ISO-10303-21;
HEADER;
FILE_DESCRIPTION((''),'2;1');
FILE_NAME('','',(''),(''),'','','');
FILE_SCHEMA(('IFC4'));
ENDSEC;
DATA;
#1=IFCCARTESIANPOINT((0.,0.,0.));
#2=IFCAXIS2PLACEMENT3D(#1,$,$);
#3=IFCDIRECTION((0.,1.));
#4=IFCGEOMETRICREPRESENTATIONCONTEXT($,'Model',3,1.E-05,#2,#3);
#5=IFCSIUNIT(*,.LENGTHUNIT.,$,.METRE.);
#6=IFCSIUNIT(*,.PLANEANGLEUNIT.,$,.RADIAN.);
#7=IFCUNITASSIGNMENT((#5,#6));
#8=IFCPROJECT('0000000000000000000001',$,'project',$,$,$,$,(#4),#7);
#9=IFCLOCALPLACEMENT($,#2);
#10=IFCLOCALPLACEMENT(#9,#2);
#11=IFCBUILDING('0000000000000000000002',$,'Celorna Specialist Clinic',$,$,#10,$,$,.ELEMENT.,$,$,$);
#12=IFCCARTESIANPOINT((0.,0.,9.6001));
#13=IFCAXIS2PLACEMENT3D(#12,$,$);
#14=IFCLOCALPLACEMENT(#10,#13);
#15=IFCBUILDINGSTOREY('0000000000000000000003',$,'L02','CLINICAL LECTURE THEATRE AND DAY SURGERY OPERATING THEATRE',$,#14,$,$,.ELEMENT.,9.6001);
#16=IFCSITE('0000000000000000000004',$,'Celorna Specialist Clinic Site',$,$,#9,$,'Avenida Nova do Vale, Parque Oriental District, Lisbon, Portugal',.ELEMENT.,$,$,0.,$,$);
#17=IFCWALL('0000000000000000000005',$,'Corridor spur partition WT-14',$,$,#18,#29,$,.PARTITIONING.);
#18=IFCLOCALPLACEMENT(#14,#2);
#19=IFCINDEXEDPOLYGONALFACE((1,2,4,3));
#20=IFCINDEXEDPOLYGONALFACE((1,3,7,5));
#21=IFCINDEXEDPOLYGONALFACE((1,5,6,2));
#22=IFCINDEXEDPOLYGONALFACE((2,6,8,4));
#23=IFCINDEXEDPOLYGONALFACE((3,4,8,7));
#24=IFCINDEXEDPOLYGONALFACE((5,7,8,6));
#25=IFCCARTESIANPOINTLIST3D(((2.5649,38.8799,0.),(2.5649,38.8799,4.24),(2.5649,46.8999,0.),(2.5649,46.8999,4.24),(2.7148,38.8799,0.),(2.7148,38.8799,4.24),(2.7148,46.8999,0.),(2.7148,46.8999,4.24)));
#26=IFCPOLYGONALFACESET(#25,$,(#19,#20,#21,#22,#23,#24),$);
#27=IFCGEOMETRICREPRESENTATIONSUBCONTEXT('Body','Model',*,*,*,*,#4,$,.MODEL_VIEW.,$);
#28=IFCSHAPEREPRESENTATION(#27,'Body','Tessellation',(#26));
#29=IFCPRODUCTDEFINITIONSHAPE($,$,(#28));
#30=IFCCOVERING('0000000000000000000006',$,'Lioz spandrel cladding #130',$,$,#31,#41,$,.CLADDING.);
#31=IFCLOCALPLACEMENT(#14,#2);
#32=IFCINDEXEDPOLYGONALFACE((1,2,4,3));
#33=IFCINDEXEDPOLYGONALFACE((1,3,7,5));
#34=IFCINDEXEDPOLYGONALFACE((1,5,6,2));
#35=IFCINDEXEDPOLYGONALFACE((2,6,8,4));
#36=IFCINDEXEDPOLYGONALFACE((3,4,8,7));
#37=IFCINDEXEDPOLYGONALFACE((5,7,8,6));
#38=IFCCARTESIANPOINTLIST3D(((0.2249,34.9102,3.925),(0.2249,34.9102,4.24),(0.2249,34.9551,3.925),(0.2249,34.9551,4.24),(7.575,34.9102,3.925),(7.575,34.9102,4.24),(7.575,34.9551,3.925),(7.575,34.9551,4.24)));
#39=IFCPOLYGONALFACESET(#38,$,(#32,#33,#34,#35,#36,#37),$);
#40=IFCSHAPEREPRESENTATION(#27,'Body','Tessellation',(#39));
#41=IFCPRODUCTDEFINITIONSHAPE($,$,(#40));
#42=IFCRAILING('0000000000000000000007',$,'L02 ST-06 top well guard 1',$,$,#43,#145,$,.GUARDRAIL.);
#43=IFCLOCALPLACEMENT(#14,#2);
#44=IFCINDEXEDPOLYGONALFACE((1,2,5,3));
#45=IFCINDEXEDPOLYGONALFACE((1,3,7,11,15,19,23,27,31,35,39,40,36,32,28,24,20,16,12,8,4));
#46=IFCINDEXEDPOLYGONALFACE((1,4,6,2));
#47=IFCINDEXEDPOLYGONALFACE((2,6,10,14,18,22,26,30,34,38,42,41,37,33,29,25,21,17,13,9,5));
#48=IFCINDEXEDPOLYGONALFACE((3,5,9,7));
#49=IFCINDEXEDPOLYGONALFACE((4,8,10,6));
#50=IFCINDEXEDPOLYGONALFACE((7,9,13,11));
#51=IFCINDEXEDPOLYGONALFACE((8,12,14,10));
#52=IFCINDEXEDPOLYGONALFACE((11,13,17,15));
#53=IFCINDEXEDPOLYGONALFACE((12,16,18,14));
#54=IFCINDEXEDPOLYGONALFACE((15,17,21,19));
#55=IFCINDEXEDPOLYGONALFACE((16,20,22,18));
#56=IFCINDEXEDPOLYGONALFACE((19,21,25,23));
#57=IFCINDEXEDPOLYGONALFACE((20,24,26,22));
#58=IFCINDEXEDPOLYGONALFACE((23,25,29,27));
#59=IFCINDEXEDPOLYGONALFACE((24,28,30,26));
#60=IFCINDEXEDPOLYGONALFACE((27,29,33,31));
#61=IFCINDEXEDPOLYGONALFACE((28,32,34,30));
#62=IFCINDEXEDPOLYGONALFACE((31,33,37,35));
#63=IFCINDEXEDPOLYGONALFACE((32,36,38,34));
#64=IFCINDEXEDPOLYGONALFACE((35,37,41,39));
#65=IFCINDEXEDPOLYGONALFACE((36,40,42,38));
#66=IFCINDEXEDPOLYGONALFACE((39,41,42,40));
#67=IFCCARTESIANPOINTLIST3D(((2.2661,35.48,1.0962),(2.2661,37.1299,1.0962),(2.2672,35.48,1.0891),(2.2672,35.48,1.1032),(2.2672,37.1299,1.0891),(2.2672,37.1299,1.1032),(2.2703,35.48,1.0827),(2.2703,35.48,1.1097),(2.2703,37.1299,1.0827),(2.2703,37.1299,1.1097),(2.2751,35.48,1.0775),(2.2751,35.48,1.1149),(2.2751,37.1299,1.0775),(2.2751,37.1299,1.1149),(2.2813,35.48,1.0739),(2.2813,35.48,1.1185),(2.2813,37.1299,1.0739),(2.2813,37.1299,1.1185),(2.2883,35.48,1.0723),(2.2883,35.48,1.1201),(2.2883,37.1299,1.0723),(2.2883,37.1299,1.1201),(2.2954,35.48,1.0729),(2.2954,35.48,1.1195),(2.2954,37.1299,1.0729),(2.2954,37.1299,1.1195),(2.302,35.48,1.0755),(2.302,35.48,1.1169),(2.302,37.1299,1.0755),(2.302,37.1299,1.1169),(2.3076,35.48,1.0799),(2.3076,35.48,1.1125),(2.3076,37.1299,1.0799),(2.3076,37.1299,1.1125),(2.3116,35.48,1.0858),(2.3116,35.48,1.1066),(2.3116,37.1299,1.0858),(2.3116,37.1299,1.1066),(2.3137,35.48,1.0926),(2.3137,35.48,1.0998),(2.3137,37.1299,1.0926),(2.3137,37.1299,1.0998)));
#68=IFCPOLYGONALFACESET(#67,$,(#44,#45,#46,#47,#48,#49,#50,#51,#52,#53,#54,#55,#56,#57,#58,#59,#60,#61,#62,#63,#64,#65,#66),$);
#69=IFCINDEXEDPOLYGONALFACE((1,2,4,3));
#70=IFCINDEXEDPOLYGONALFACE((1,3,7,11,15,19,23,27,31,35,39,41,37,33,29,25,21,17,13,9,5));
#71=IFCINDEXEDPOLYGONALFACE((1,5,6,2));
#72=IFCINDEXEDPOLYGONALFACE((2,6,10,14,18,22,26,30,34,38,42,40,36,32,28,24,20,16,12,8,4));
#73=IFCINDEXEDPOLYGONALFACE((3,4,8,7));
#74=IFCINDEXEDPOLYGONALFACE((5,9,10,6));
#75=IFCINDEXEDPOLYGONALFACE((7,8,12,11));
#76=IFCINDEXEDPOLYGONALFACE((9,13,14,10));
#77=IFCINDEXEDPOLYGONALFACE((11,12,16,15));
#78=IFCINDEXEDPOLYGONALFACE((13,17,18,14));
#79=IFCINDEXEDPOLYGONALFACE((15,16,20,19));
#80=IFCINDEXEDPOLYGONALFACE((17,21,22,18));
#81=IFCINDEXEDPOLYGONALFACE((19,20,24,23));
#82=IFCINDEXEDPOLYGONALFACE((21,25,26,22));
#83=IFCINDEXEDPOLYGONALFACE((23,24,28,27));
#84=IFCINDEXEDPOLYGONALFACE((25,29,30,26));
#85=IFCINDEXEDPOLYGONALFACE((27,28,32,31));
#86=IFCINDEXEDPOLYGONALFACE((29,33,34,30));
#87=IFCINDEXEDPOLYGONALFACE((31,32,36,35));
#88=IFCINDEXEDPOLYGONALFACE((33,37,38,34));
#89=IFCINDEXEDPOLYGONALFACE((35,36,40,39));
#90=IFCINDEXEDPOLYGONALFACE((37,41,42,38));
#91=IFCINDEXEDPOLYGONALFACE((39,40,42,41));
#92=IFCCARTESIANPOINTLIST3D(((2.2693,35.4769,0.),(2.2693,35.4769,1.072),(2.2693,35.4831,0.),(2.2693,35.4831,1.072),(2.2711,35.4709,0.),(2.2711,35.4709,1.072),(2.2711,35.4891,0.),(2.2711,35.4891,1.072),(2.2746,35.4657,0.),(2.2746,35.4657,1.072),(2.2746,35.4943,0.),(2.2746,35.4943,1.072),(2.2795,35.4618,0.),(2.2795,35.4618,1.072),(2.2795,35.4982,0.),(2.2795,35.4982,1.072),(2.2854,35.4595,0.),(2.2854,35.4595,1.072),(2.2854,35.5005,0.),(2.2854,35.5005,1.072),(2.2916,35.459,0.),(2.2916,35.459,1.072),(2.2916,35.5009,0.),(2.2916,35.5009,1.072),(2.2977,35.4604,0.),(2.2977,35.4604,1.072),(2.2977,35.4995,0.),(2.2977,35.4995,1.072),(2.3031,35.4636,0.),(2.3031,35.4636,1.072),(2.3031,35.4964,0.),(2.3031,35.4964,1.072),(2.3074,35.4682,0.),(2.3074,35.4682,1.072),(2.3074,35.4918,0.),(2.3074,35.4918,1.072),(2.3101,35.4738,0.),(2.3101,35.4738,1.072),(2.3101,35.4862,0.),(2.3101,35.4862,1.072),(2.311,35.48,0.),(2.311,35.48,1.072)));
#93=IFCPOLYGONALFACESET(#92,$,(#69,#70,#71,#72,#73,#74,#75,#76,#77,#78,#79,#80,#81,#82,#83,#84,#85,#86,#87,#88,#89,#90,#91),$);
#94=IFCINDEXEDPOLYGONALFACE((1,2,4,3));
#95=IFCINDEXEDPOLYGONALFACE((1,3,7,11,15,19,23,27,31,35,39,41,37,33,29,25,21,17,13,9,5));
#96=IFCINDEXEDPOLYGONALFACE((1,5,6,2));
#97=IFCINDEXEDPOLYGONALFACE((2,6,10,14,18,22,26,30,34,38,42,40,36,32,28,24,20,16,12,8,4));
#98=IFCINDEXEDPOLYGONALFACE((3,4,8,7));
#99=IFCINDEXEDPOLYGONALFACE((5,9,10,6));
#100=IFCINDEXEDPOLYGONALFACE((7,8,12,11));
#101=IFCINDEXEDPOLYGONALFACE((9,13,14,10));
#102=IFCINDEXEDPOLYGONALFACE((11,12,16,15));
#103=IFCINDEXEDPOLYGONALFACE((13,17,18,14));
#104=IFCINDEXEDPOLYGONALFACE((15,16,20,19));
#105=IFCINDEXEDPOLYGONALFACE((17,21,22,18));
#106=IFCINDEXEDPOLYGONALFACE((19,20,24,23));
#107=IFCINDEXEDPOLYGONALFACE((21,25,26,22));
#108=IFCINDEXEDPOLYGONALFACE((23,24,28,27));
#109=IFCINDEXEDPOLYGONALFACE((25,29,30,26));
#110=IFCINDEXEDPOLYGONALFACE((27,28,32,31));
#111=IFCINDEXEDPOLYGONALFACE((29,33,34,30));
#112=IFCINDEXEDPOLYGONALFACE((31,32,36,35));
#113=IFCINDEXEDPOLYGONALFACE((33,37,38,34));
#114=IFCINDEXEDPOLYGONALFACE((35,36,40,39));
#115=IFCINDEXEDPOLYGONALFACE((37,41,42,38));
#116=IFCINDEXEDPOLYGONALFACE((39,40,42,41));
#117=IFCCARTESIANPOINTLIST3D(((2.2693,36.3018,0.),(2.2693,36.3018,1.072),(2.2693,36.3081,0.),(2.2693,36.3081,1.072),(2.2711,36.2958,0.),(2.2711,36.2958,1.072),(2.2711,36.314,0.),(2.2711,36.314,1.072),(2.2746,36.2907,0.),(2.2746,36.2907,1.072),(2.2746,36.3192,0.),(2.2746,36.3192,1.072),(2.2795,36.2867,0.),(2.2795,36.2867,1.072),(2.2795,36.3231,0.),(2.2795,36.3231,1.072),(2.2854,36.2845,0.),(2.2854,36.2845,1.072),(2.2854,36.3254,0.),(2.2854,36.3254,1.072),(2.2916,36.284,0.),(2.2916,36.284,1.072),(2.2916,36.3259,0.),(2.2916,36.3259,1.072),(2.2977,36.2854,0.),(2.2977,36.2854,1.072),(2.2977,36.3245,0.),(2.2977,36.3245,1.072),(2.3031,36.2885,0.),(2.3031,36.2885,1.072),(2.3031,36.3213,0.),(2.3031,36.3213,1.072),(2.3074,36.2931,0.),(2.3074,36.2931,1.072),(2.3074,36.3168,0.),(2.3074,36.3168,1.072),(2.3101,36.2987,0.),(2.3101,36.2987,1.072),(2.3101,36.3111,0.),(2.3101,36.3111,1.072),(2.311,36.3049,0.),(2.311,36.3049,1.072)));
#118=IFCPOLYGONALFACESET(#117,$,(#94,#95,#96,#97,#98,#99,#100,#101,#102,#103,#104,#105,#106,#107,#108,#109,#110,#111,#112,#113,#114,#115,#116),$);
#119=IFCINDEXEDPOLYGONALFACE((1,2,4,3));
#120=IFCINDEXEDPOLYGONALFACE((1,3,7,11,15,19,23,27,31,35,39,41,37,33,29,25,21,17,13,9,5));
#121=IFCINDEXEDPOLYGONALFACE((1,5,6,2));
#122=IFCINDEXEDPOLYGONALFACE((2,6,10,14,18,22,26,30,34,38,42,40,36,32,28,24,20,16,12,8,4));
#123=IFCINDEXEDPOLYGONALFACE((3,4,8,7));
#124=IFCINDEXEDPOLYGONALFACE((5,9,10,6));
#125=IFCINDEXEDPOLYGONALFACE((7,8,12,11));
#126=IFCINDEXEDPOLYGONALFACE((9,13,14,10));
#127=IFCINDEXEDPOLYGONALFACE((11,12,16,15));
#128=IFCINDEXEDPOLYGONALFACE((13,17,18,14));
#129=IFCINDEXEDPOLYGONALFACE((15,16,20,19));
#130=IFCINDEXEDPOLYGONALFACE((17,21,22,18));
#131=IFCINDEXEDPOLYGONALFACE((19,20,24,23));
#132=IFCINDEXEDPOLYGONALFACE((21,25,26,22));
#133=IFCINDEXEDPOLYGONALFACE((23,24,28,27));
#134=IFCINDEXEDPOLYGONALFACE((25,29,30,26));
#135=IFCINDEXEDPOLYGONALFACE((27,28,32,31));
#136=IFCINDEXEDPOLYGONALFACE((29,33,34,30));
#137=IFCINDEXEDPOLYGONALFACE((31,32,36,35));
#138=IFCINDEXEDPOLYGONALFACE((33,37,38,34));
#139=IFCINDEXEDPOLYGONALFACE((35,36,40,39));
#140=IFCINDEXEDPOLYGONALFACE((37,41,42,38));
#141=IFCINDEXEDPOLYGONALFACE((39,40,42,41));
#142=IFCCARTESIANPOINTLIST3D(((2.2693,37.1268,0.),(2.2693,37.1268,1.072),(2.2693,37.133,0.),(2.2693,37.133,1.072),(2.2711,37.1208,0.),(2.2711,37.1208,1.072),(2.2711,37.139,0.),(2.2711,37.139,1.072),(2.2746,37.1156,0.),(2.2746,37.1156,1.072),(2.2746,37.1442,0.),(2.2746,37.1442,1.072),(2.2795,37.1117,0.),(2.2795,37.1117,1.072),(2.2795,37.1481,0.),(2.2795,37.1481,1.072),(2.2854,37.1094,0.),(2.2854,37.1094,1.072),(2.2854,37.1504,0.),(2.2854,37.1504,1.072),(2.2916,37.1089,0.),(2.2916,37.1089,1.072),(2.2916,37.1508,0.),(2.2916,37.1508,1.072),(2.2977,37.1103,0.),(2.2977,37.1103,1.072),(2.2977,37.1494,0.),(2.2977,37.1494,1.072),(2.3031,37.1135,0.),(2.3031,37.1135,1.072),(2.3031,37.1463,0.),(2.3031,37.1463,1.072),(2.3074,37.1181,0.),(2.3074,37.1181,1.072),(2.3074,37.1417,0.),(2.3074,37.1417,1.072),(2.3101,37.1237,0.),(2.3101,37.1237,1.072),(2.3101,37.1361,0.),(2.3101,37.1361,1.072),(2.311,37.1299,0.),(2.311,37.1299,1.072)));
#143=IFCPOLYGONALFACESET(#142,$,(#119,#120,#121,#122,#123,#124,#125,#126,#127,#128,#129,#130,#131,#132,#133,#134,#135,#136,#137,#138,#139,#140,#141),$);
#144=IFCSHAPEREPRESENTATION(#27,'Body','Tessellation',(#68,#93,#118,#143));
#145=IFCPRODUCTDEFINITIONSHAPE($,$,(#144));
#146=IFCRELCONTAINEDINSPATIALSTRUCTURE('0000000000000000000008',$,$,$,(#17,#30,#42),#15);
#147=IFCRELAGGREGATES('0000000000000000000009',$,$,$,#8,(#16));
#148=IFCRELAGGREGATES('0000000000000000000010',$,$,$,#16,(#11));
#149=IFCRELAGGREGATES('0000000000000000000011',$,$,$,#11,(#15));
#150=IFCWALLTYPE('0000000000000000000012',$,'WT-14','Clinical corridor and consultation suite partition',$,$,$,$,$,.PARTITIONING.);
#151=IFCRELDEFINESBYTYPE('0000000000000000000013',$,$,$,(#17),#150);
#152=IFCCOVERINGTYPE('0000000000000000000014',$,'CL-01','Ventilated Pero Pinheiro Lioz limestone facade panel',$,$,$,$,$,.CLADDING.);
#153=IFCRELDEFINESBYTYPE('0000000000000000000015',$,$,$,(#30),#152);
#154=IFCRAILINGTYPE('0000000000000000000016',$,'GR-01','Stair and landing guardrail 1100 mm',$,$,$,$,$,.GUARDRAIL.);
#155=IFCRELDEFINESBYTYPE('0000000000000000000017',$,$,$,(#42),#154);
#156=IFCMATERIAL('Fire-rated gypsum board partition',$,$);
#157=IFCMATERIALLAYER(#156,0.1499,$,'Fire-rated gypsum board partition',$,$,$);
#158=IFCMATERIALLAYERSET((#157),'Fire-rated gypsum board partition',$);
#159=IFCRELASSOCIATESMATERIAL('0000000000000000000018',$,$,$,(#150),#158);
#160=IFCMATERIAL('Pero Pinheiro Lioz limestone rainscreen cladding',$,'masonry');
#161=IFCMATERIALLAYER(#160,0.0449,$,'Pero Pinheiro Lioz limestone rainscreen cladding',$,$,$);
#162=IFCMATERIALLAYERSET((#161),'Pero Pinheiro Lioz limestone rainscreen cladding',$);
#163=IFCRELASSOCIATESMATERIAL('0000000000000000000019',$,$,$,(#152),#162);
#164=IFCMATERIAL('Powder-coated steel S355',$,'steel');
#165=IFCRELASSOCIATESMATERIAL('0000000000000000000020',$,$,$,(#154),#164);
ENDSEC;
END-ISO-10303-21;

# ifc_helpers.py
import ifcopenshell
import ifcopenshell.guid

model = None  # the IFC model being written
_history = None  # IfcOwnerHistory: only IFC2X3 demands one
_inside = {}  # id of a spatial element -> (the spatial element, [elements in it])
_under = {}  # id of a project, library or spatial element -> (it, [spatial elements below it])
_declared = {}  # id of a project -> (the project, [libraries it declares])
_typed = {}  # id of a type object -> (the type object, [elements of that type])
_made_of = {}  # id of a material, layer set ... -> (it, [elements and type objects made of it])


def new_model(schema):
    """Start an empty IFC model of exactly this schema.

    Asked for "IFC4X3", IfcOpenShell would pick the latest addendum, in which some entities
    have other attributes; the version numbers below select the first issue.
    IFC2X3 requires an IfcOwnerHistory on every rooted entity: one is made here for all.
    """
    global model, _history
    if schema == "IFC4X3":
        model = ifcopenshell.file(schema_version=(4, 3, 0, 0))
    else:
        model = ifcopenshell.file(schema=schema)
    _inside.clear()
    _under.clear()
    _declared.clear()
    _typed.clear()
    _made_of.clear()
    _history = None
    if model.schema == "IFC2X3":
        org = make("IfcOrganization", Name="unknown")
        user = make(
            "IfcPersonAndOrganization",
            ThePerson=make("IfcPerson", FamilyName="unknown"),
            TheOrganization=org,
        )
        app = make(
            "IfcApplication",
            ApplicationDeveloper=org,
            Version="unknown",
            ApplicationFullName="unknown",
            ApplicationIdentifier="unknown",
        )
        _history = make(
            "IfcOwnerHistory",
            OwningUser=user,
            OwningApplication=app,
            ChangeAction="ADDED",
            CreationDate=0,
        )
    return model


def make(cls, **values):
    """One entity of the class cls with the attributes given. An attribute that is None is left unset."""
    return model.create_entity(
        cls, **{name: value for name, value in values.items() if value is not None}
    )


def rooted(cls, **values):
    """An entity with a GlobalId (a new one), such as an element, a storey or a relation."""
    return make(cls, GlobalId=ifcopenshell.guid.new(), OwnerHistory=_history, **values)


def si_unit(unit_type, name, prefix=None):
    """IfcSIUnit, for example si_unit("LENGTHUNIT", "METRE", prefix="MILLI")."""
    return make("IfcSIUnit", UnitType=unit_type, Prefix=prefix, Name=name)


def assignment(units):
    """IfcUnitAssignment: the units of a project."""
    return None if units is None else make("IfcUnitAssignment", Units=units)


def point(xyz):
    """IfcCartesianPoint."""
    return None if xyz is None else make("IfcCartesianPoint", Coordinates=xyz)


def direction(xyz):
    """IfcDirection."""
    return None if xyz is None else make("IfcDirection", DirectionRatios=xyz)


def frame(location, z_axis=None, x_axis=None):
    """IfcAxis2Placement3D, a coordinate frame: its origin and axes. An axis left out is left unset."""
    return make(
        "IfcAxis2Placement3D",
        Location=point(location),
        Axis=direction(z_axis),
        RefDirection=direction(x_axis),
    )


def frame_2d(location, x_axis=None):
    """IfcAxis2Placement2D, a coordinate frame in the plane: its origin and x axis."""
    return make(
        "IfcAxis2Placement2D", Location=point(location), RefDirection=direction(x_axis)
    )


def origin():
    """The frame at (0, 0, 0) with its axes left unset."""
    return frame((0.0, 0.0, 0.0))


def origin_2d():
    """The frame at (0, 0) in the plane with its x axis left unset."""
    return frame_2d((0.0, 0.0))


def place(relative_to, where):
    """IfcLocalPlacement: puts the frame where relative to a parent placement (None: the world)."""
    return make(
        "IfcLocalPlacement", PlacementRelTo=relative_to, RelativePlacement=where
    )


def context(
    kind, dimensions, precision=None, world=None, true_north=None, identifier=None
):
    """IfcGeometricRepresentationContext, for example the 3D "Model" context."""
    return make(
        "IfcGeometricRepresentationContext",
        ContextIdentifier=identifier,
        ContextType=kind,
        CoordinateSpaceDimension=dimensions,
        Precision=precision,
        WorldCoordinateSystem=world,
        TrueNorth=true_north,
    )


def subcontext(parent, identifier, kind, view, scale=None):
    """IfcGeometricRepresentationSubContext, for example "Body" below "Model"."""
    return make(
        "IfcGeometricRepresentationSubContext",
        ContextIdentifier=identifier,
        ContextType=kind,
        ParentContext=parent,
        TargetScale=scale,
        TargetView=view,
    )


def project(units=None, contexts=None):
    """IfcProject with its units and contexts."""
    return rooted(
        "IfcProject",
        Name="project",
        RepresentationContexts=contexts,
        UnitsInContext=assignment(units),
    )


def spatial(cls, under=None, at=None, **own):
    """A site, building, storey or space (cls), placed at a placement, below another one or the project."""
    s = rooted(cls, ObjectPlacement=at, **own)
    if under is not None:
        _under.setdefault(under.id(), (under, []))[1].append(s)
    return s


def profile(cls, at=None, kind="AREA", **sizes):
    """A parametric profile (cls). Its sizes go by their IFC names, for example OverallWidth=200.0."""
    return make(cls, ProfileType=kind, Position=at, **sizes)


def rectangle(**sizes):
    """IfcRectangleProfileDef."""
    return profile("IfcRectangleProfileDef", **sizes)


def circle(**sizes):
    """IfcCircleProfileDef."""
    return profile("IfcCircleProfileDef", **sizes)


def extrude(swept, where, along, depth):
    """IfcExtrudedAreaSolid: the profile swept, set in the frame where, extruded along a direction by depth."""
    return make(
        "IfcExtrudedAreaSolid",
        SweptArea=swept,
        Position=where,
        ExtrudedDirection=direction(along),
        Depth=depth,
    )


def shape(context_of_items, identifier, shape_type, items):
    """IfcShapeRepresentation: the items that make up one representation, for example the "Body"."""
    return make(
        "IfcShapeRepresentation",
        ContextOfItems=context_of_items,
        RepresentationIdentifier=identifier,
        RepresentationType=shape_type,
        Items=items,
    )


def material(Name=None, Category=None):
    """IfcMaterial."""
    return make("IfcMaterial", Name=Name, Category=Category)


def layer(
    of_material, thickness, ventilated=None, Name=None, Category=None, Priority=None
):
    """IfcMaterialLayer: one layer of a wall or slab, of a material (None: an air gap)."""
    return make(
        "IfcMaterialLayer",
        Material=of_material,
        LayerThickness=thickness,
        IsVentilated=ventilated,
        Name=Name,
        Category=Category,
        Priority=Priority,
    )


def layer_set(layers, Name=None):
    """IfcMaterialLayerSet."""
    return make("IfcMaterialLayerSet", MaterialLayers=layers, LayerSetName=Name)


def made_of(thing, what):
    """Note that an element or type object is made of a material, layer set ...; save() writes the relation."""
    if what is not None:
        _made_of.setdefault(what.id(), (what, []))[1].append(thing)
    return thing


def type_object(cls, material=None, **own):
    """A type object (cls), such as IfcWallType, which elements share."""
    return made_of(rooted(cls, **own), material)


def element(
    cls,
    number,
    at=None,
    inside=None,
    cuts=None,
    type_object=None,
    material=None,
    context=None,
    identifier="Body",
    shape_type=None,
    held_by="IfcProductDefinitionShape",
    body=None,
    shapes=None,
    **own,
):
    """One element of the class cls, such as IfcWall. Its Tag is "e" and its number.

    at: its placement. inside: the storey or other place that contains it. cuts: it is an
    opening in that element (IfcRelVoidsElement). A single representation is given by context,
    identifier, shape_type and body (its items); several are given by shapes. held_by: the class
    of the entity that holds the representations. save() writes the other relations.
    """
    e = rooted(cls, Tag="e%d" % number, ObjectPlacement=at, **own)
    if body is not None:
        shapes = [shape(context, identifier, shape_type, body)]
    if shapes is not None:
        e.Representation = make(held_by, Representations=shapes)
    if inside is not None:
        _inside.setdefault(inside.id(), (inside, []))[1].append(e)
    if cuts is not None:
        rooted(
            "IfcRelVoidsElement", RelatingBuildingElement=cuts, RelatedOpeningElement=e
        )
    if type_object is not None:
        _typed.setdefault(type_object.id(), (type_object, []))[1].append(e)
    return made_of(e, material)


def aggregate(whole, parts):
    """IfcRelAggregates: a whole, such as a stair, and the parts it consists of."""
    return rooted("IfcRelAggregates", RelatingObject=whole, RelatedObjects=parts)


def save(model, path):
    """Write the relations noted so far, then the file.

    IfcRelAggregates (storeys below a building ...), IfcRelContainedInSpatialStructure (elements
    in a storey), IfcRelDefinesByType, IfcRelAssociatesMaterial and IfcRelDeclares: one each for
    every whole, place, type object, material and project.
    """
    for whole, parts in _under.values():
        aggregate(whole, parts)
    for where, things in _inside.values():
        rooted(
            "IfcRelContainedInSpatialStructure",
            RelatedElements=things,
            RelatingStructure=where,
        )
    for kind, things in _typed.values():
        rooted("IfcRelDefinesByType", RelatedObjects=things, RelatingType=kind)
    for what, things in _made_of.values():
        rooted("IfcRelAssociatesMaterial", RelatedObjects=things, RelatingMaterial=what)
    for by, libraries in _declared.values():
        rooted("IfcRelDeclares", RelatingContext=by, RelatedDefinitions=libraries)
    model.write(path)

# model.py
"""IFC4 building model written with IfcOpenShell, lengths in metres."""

from ifc_helpers import new_model, si_unit, direction, frame, frame_2d, origin, origin_2d, place, context, subcontext, project, spatial, rectangle, circle, extrude, material, layer, layer_set, type_object, element, save


model = new_model("IFC4")

# Units and contexts
model_context = context("Model", 3, precision=1e-05, world=origin(), true_north=direction((0.0, 1.0)))
body_context = subcontext(model_context, "Body", "Model", "MODEL_VIEW")
ifc_project = project(units=[si_unit("LENGTHUNIT", "METRE"), si_unit("PLANEANGLEUNIT", "RADIAN")], contexts=[model_context])

# Site, building, storey
site_placement = place(None, origin())
site = spatial("IfcSite", under=ifc_project, at=site_placement, Name="Celorna Specialist Clinic Site", LongName="Avenida Nova do Vale, Parque Oriental District, Lisbon, Portugal", CompositionType="ELEMENT", RefElevation=0.0)
building_placement = place(site_placement, origin())
building = spatial("IfcBuilding", under=site, at=building_placement, Name="Celorna Specialist Clinic", CompositionType="ELEMENT")
storey_placement = place(building_placement, frame((0.0, 0.0, 9.6001)))
storey = spatial("IfcBuildingStorey", under=building, at=storey_placement, Name="L02", Description="CLINICAL LECTURE THEATRE AND DAY SURGERY OPERATING THEATRE", CompositionType="ELEMENT", Elevation=9.6001)

# Wall
ifc_material_1 = material(Name="Fire-rated gypsum board partition")
ifc_layer_1 = layer(ifc_material_1, 0.1499, Name="Fire-rated gypsum board partition")
ifc_layer_set_1 = layer_set([ifc_layer_1], Name="Fire-rated gypsum board partition")
wall_type_1 = type_object("IfcWallType", Name="WT-14", Description="Clinical corridor and consultation suite partition", PredefinedType="PARTITIONING", material=ifc_layer_set_1)
wall_1_placement = place(storey_placement, frame((2.6399, 38.8799, 0.0), z_axis=(0.0, 0.0, 1.0), x_axis=(0.0, 1.0, 0.0)))
element("IfcWall", 1, at=wall_1_placement, inside=storey, type_object=wall_type_1, Name="Corridor spur partition WT-14", PredefinedType="PARTITIONING", context=body_context, shape_type="SweptSolid", body=[
    extrude(rectangle(XDim=8.02, YDim=0.1499, at=frame_2d((4.01, 0.0))), origin(), (0.0, 0.0, 1.0), 4.24),
])

# Covering
ifc_material_2 = material(Name="Pero Pinheiro Lioz limestone rainscreen cladding", Category="masonry")
ifc_layer_2 = layer(ifc_material_2, 0.0449, Name="Pero Pinheiro Lioz limestone rainscreen cladding")
ifc_layer_set_2 = layer_set([ifc_layer_2], Name="Pero Pinheiro Lioz limestone rainscreen cladding")
covering_type = type_object("IfcCoveringType", Name="CL-01", Description="Ventilated Pero Pinheiro Lioz limestone facade panel", PredefinedType="CLADDING", material=ifc_layer_set_2)
covering_placement = place(storey_placement, frame((3.8999, 34.9326, 3.925), z_axis=(0.0, 0.0, 1.0), x_axis=(-1.0, 0.0, 0.0)))
element("IfcCovering", 2, at=covering_placement, inside=storey, type_object=covering_type, Name="Lioz spandrel cladding #130", PredefinedType="CLADDING", context=body_context, shape_type="SweptSolid", body=[
    extrude(rectangle(XDim=7.3501, YDim=0.0449, at=origin_2d()), origin(), (0.0, 0.0, 1.0), 0.3149),
])

# Railing
ifc_material_3 = material(Name="Powder-coated steel S355", Category="steel")
railing_type = type_object("IfcRailingType", Name="GR-01", Description="Stair and landing guardrail 1100 mm", PredefinedType="GUARDRAIL", material=ifc_material_3)
railing_placement = place(storey_placement, frame((2.29, 35.48, 0.0)))
element("IfcRailing", 3, at=railing_placement, inside=storey, type_object=railing_type, Name="L02 ST-06 top well guard 1", PredefinedType="GUARDRAIL", context=body_context, shape_type="SweptSolid", body=[
    extrude(circle(Radius=0.0239, at=origin_2d()), frame((0.0, 0.0, 1.0962), z_axis=(0.0, 1.0, 0.0), x_axis=(-1.0, 0.0, 0.0)), (0.0, 0.0, 1.0), 1.6499),
    extrude(circle(Radius=0.021, at=origin_2d()), origin(), (0.0, 0.0, 1.0), 1.072),
    extrude(circle(Radius=0.021, at=origin_2d()), frame((0.0, 0.825, 0.0)), (0.0, 0.0, 1.0), 1.072),
    extrude(circle(Radius=0.021, at=origin_2d()), frame((0.0, 1.6499, 0.0)), (0.0, 0.0, 1.0), 1.072),
])

save(model, "model.ifc")
